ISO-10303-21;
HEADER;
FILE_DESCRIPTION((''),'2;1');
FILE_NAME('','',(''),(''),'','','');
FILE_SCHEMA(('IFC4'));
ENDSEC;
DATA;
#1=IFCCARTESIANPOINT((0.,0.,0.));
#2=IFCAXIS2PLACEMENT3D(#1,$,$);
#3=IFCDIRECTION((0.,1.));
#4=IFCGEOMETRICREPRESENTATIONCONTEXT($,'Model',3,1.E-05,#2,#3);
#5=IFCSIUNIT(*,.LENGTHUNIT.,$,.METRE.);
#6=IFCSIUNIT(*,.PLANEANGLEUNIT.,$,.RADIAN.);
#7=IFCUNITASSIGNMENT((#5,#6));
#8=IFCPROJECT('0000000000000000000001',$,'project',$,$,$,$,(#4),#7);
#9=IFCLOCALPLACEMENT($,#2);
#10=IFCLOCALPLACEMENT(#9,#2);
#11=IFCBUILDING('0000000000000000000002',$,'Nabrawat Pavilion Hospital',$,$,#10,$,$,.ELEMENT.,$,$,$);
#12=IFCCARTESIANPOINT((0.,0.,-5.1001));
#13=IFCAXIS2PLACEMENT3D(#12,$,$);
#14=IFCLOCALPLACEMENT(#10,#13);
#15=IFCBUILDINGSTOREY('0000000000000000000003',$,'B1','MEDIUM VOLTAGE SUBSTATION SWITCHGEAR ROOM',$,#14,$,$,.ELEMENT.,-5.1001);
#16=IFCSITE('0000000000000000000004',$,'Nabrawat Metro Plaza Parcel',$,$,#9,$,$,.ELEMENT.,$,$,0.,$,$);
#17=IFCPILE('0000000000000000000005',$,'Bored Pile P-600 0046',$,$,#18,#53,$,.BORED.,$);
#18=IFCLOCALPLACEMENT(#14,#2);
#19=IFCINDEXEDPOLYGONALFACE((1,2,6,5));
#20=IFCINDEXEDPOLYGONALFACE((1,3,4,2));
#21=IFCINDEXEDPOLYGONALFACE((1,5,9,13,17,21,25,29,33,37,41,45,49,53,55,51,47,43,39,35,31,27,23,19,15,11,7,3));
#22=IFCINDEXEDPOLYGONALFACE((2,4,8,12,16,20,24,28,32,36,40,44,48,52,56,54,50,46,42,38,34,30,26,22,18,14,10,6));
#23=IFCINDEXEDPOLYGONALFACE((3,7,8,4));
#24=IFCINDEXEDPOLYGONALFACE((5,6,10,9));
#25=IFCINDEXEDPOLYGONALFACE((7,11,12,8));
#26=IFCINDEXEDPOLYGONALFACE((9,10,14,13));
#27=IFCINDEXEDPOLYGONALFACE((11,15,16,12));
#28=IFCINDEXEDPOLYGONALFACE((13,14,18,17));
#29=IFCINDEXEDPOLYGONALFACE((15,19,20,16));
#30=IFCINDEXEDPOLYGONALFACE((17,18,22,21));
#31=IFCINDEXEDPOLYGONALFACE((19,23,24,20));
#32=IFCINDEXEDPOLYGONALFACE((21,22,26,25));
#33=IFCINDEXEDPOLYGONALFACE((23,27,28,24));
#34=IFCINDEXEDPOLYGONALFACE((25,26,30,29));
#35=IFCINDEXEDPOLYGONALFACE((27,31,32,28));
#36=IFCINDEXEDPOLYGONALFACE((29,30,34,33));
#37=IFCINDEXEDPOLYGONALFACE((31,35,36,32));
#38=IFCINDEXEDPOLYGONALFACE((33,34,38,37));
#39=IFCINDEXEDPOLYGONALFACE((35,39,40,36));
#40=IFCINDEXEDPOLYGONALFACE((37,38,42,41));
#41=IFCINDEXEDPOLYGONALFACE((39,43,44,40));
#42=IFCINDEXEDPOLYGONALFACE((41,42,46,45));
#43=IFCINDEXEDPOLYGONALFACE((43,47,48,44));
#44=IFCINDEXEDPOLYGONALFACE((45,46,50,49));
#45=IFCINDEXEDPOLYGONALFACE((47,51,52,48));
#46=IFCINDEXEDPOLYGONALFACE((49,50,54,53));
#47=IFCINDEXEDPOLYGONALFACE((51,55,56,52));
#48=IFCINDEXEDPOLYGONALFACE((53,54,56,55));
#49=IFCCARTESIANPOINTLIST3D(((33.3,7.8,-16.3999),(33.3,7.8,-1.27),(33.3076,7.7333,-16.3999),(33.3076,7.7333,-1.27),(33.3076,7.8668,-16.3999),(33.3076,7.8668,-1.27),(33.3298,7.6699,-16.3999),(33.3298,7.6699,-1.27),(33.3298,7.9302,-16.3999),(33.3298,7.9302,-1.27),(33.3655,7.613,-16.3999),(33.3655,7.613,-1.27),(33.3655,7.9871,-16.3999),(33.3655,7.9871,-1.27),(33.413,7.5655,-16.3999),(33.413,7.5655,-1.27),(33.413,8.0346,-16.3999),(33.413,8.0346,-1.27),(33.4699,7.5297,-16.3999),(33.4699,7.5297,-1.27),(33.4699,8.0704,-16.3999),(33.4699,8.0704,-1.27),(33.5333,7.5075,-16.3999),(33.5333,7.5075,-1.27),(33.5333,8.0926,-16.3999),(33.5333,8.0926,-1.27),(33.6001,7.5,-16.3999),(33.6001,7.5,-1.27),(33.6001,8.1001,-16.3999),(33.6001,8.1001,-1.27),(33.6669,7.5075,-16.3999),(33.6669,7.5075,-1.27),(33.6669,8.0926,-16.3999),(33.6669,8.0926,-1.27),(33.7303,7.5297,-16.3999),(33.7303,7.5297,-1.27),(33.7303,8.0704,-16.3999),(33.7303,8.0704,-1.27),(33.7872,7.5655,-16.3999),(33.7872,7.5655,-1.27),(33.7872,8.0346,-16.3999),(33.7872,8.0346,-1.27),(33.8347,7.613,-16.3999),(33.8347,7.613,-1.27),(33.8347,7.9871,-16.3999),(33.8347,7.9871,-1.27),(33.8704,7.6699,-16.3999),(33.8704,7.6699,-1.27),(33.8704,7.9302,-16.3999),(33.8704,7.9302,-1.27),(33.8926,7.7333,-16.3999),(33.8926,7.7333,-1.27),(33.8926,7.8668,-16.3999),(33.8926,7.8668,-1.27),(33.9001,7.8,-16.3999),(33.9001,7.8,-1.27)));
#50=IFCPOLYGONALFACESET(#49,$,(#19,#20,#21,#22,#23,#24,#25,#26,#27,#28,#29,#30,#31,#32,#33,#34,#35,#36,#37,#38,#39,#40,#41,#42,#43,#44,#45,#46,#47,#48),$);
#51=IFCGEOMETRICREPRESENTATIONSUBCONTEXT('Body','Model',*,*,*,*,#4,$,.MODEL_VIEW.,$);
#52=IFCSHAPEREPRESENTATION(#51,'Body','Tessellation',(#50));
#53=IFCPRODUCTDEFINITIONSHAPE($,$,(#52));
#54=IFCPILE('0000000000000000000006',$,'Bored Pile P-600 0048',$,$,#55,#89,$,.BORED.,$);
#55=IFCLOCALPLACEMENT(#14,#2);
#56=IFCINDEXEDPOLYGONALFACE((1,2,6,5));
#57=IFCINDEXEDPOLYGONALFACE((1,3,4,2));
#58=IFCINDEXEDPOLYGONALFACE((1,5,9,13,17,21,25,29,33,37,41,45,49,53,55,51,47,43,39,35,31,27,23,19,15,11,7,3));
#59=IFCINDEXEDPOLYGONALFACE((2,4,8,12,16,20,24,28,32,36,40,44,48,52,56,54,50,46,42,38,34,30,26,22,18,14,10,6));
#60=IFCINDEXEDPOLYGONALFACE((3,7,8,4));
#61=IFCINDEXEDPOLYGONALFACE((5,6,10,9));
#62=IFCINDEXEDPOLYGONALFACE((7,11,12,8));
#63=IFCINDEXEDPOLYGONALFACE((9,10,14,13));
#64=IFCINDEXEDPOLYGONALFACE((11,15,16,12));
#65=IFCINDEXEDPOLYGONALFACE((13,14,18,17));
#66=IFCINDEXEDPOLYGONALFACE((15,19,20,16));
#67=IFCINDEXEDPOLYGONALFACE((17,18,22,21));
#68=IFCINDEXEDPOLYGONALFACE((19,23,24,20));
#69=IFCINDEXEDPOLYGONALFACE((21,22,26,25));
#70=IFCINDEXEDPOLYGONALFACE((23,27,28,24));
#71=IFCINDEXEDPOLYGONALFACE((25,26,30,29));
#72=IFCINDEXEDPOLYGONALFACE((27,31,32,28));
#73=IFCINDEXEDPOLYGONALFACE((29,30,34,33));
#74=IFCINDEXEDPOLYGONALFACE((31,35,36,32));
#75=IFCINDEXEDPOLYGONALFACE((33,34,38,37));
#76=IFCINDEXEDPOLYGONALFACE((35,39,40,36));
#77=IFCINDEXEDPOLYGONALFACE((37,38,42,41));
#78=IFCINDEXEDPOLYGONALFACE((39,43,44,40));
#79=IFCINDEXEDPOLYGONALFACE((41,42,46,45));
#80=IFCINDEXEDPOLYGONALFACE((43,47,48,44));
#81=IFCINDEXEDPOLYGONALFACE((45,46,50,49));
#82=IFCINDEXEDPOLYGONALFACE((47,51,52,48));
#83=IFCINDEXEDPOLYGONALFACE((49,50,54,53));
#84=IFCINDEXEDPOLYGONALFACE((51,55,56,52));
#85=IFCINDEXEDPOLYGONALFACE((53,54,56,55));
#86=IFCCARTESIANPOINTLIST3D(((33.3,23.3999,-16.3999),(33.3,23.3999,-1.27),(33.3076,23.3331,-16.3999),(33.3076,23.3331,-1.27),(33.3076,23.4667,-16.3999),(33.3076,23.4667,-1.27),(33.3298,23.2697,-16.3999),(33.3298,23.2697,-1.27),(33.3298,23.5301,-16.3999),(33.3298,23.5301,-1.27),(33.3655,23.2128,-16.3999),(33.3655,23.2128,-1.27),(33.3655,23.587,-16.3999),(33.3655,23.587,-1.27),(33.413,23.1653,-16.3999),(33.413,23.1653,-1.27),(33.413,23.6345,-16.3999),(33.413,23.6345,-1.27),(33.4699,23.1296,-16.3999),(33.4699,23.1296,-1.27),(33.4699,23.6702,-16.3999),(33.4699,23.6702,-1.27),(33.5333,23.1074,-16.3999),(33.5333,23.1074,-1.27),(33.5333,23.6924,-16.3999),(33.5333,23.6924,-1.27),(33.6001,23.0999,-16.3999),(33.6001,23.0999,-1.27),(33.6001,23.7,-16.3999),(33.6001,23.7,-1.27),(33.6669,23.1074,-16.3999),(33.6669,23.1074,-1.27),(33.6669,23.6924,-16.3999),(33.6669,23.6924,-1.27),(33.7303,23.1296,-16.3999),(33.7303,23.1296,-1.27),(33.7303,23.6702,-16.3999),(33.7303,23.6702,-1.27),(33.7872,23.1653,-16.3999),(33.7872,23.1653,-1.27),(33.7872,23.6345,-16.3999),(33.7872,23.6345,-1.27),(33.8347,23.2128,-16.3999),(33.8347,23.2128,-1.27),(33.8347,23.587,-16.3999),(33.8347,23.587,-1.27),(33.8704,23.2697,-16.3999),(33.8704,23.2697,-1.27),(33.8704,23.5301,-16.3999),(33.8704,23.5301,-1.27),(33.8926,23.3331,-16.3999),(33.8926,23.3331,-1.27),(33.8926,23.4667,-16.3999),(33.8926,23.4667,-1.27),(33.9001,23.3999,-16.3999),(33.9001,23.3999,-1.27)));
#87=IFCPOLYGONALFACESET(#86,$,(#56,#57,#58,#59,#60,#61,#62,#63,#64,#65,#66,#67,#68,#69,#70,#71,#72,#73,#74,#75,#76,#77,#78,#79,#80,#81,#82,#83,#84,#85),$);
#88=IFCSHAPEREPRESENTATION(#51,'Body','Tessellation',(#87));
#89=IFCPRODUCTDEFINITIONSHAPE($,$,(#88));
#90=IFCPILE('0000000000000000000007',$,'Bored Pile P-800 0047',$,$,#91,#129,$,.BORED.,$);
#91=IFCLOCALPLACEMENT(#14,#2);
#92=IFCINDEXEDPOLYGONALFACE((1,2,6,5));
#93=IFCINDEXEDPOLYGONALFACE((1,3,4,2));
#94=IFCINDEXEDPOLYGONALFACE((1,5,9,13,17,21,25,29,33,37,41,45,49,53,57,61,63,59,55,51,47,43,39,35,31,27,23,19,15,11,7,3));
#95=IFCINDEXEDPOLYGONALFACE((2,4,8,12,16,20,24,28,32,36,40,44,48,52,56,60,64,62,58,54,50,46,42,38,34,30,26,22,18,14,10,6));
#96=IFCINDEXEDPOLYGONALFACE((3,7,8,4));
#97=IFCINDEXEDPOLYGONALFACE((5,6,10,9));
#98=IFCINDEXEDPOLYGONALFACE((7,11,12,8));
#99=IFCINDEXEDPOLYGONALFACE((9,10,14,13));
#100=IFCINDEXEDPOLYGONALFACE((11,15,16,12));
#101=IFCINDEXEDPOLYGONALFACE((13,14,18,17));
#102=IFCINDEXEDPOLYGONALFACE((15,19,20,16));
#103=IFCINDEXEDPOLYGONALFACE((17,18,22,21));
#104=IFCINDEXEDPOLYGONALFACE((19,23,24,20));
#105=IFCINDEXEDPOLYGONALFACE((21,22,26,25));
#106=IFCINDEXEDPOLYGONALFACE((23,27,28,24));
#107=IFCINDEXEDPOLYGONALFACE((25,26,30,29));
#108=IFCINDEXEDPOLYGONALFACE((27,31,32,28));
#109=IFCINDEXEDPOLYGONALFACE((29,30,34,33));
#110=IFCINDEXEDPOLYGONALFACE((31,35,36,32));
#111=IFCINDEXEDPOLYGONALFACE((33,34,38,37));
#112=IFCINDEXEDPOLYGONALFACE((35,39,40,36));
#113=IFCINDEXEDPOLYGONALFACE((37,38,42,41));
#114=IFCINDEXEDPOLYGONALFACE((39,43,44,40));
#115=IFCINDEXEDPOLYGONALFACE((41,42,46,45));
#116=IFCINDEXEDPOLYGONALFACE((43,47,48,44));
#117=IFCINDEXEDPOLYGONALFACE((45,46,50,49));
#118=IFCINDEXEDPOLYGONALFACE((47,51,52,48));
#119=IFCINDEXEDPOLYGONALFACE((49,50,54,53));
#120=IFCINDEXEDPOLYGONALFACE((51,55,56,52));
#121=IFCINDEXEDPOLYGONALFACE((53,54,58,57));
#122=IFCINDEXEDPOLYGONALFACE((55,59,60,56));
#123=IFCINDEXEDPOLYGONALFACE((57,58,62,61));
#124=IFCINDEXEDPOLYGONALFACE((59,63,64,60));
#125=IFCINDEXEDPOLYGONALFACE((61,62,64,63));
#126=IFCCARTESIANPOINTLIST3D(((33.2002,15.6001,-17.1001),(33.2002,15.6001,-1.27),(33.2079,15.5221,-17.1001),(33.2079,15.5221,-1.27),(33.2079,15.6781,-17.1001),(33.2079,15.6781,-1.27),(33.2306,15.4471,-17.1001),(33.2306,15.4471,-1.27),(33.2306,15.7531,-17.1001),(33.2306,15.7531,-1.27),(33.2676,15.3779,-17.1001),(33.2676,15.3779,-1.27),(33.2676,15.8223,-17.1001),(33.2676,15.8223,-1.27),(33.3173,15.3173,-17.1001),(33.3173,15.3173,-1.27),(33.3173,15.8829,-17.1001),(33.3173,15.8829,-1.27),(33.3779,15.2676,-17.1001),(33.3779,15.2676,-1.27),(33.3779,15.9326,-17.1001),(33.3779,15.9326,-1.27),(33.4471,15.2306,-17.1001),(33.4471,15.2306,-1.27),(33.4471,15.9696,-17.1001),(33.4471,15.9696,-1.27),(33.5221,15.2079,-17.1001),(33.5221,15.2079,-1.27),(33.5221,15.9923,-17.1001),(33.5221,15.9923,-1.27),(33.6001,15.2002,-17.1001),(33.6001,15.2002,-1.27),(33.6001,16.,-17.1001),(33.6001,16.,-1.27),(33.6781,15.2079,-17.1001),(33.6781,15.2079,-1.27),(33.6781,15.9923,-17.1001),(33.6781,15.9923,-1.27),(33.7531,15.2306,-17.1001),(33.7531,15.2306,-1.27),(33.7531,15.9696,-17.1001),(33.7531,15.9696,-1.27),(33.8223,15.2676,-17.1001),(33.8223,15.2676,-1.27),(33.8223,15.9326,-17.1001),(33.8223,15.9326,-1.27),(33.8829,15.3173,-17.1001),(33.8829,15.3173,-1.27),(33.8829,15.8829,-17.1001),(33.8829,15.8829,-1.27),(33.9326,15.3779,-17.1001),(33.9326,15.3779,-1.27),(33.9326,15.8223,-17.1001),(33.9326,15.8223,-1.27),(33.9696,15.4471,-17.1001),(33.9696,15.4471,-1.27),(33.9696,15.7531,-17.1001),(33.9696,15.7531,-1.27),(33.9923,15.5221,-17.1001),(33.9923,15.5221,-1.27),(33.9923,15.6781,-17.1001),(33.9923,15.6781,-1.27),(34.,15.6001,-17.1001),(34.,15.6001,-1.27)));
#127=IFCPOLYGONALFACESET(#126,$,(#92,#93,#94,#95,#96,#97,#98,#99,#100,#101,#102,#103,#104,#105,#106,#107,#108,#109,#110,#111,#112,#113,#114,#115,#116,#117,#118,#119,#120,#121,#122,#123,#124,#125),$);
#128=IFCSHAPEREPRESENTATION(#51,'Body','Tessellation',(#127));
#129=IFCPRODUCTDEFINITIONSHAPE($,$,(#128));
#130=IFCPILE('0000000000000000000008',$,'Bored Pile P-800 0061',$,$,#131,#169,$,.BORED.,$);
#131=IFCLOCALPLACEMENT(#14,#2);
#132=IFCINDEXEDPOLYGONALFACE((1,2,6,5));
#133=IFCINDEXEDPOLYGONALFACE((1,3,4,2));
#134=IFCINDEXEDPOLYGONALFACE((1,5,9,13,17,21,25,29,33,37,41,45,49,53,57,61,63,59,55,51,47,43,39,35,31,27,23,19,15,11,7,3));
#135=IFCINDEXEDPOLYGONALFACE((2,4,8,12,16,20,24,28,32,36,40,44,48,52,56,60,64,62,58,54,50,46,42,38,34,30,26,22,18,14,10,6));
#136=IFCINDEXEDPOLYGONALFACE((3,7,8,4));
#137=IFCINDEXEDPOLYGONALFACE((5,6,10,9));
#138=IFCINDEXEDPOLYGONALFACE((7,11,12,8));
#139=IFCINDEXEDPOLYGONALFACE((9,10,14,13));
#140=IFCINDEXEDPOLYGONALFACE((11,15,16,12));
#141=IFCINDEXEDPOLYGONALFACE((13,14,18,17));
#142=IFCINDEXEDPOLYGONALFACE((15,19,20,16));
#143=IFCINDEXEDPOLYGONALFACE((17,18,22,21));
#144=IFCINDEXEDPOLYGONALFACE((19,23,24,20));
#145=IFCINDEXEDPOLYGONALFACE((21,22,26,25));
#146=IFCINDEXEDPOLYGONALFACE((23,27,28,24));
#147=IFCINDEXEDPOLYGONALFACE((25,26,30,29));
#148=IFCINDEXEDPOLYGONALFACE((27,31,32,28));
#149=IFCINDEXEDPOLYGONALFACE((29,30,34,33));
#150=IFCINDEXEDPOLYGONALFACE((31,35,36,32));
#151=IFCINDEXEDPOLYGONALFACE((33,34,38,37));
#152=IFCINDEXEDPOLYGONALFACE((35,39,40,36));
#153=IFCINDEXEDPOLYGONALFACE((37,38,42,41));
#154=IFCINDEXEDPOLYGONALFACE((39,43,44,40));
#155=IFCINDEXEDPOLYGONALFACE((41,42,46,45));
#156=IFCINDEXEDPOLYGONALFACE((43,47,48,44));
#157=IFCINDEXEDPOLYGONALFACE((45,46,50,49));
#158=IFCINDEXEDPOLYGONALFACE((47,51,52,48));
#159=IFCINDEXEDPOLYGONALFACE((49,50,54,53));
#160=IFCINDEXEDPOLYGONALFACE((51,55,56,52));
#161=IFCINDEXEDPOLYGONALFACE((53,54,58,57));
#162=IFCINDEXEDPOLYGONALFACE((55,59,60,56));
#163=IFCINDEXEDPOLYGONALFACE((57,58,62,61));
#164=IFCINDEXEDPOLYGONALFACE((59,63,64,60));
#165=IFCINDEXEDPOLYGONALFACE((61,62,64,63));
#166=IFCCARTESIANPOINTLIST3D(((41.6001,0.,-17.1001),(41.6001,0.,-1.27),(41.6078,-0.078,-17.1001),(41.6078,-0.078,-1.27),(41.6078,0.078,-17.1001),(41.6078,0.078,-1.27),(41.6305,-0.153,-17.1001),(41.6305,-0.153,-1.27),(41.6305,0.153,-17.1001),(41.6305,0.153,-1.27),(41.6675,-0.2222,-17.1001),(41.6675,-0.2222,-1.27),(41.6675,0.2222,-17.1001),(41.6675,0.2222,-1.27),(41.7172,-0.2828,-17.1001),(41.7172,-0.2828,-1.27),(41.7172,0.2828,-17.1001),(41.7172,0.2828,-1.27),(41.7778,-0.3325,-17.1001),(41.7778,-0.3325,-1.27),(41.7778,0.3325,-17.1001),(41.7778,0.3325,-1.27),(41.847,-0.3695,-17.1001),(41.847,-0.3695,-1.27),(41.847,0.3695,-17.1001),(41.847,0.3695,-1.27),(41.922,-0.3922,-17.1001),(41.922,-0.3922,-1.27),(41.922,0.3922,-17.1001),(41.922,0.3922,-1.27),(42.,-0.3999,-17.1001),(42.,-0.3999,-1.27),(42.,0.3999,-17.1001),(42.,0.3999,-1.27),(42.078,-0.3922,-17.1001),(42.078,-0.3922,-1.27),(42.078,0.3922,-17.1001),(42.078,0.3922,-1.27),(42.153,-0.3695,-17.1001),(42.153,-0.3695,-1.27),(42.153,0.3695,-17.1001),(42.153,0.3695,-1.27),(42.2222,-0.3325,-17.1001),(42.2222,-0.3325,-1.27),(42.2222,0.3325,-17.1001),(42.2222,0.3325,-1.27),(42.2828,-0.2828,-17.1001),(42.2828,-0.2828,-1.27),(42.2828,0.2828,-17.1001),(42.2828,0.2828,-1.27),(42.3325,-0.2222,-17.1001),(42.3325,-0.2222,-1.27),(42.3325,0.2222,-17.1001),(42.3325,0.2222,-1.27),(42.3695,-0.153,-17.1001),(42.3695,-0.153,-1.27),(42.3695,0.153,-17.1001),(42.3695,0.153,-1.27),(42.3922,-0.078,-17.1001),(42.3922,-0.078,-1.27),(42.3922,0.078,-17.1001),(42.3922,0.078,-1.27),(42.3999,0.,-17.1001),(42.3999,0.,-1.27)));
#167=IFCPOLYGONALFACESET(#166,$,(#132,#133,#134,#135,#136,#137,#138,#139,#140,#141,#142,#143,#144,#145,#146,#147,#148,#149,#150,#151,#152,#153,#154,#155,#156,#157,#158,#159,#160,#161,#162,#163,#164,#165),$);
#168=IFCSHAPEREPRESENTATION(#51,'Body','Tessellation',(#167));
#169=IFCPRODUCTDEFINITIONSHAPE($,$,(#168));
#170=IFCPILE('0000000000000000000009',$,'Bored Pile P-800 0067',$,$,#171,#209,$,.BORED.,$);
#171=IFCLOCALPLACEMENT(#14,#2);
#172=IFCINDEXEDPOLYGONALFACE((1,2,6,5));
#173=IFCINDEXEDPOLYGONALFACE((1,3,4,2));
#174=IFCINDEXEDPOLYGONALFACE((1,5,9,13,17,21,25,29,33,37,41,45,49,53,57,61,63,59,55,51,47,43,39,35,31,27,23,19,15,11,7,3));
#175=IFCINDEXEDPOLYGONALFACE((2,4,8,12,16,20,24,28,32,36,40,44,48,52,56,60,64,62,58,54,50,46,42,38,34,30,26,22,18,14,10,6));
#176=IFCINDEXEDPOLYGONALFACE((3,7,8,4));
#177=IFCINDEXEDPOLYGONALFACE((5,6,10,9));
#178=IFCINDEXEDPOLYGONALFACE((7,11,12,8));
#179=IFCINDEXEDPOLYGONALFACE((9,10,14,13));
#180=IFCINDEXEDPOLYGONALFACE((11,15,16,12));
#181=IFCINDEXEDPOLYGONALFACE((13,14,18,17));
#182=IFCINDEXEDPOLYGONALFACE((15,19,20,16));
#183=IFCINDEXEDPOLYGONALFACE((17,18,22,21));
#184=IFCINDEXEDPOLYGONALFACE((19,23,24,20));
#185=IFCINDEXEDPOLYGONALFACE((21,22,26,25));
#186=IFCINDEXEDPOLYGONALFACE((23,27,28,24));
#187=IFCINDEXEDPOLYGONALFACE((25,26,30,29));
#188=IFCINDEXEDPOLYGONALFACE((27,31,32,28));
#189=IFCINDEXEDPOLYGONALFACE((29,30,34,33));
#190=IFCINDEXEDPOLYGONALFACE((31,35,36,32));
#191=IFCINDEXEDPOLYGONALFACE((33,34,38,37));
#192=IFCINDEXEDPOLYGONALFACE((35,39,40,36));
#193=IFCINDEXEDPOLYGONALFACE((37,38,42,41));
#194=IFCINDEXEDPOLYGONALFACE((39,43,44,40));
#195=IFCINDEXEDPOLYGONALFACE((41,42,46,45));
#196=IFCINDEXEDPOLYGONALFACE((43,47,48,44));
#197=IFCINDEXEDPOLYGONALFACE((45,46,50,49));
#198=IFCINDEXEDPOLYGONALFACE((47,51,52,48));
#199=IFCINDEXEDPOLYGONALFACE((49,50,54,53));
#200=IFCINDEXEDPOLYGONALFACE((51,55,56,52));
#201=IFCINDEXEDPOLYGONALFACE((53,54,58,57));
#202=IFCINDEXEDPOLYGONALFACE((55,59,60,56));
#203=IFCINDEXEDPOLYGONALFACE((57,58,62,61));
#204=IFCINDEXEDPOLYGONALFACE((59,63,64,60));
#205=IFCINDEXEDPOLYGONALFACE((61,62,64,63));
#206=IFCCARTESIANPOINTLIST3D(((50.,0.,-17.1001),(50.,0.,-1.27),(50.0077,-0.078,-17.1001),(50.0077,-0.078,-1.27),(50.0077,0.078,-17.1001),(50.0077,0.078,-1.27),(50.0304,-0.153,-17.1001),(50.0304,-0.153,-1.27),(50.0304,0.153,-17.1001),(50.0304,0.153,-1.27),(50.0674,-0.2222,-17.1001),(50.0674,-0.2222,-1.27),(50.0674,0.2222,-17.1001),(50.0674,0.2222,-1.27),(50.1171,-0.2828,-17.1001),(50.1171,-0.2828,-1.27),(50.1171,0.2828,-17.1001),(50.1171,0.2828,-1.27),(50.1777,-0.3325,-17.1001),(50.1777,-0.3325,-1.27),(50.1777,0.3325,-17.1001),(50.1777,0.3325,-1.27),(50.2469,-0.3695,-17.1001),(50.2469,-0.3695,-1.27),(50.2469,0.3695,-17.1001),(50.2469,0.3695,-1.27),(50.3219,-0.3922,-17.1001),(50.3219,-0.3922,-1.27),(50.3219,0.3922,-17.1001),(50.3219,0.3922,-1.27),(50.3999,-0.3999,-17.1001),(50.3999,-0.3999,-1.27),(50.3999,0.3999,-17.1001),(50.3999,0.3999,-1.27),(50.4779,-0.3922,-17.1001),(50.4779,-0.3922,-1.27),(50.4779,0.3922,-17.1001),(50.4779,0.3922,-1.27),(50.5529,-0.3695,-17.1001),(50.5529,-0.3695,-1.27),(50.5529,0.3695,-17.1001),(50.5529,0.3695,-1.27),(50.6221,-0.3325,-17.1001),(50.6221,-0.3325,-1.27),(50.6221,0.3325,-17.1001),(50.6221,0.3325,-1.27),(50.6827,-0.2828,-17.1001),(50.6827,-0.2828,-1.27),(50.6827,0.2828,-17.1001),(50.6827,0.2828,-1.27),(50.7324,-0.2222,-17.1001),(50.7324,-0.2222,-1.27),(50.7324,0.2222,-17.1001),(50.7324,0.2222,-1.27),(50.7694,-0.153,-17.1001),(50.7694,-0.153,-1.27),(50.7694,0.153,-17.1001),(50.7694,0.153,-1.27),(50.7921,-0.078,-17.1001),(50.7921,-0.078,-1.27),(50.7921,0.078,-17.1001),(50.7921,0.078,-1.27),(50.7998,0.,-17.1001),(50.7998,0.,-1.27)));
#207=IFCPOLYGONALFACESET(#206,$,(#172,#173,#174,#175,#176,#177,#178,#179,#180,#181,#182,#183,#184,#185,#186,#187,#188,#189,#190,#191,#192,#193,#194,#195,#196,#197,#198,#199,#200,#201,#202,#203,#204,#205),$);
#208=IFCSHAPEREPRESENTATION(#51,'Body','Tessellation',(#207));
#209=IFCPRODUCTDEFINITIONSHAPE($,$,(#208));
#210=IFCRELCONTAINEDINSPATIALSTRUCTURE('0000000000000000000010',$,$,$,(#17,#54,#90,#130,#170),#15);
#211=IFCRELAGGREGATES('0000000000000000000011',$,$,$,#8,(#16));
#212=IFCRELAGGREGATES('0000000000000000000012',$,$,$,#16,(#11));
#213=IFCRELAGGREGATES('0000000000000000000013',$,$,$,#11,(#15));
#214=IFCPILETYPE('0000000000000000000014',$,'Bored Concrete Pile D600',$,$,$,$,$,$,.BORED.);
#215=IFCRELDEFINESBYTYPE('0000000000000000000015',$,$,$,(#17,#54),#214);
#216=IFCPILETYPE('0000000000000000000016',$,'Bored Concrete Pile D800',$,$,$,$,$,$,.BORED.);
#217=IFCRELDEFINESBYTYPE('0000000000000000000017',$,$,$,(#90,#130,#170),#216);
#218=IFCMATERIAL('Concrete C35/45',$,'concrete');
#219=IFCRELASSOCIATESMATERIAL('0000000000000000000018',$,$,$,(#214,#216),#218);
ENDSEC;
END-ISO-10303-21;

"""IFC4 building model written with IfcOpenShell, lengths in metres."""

from ifc_helpers import new_model, si_unit, direction, frame, origin, origin_2d, place, context, subcontext, project, spatial, circle, extrude, material, material_profile, profile_set, type_object, element, save


model = new_model("IFC4")

# Units and contexts
model_context = context("Model", 3, precision=1e-05, world=origin(), true_north=direction((0.0, 1.0)))
body_context = subcontext(model_context, "Body", "Model", "MODEL_VIEW")
ifc_project = project(units=[si_unit("LENGTHUNIT", "METRE"), si_unit("PLANEANGLEUNIT", "RADIAN")], contexts=[model_context])

# Site, building, storey
site_placement = place(None, origin())
site = spatial("IfcSite", under=ifc_project, at=site_placement, Name="Nabrawat Metro Plaza Parcel", CompositionType="ELEMENT", RefElevation=0.0)
building_placement = place(site_placement, origin())
building = spatial("IfcBuilding", under=site, at=building_placement, Name="Nabrawat Pavilion Hospital", CompositionType="ELEMENT")
storey_placement = place(building_placement, frame((0.0, 0.0, -5.1001)))
storey = spatial("IfcBuildingStorey", under=building, at=storey_placement, Name="B1", Description="MEDIUM VOLTAGE SUBSTATION SWITCHGEAR ROOM", CompositionType="ELEMENT", Elevation=-5.1001)

# Piles
ifc_material_1 = material(Name="Concrete C35/45", Category="concrete")
ifc_material_profile_1 = material_profile(ifc_material_1, circle(Radius=0.3, at=origin_2d()), Name="DIA 600")
ifc_profile_set_1 = profile_set([ifc_material_profile_1], Name="Concrete C35/45")
pile_type_1 = type_object("IfcPileType", Name="Bored Concrete Pile D600", PredefinedType="BORED", material=ifc_profile_set_1)
for number, where, z_axis, x_axis, name in (
    (1, (33.6001, 7.8, -1.27), (0.0, 0.0, -1.0), (1.0, 0.0, 0.0), "Bored Pile P-600 0046"),
    (2, (33.6001, 23.3999, -1.27), (0.0, 0.0, -1.0), (1.0, 0.0, 0.0), "Bored Pile P-600 0048"),
):
    element("IfcPile", number, at=place(storey_placement, frame(where, z_axis=z_axis, x_axis=x_axis)), inside=storey, type_object=pile_type_1, Name=name, PredefinedType="BORED", context=body_context, shape_type="SweptSolid", body=[
        extrude(circle(Radius=0.3, at=origin_2d()), origin(), (0.0, 0.0, 1.0), 15.1299),
    ])
ifc_material_profile_2 = material_profile(ifc_material_1, circle(Radius=0.3999, at=origin_2d()), Name="DIA 800")
ifc_profile_set_2 = profile_set([ifc_material_profile_2], Name="Concrete C35/45")
pile_type_2 = type_object("IfcPileType", Name="Bored Concrete Pile D800", PredefinedType="BORED", material=ifc_profile_set_2)
for number, where, z_axis, x_axis, name in (
    (3, (33.6001, 15.6001, -1.27), (0.0, 0.0, -1.0), (1.0, 0.0, 0.0), "Bored Pile P-800 0047"),
    (4, (42.0, 0.0, -1.27), (0.0, 0.0, -1.0), (1.0, 0.0, 0.0), "Bored Pile P-800 0061"),
    (5, (50.3999, 0.0, -1.27), (0.0, 0.0, -1.0), (1.0, 0.0, 0.0), "Bored Pile P-800 0067"),
):
    element("IfcPile", number, at=place(storey_placement, frame(where, z_axis=z_axis, x_axis=x_axis)), inside=storey, type_object=pile_type_2, Name=name, PredefinedType="BORED", context=body_context, shape_type="SweptSolid", body=[
        extrude(circle(Radius=0.3999, at=origin_2d()), origin(), (0.0, 0.0, 1.0), 15.8301),
    ])

save(model, "model.ifc")
